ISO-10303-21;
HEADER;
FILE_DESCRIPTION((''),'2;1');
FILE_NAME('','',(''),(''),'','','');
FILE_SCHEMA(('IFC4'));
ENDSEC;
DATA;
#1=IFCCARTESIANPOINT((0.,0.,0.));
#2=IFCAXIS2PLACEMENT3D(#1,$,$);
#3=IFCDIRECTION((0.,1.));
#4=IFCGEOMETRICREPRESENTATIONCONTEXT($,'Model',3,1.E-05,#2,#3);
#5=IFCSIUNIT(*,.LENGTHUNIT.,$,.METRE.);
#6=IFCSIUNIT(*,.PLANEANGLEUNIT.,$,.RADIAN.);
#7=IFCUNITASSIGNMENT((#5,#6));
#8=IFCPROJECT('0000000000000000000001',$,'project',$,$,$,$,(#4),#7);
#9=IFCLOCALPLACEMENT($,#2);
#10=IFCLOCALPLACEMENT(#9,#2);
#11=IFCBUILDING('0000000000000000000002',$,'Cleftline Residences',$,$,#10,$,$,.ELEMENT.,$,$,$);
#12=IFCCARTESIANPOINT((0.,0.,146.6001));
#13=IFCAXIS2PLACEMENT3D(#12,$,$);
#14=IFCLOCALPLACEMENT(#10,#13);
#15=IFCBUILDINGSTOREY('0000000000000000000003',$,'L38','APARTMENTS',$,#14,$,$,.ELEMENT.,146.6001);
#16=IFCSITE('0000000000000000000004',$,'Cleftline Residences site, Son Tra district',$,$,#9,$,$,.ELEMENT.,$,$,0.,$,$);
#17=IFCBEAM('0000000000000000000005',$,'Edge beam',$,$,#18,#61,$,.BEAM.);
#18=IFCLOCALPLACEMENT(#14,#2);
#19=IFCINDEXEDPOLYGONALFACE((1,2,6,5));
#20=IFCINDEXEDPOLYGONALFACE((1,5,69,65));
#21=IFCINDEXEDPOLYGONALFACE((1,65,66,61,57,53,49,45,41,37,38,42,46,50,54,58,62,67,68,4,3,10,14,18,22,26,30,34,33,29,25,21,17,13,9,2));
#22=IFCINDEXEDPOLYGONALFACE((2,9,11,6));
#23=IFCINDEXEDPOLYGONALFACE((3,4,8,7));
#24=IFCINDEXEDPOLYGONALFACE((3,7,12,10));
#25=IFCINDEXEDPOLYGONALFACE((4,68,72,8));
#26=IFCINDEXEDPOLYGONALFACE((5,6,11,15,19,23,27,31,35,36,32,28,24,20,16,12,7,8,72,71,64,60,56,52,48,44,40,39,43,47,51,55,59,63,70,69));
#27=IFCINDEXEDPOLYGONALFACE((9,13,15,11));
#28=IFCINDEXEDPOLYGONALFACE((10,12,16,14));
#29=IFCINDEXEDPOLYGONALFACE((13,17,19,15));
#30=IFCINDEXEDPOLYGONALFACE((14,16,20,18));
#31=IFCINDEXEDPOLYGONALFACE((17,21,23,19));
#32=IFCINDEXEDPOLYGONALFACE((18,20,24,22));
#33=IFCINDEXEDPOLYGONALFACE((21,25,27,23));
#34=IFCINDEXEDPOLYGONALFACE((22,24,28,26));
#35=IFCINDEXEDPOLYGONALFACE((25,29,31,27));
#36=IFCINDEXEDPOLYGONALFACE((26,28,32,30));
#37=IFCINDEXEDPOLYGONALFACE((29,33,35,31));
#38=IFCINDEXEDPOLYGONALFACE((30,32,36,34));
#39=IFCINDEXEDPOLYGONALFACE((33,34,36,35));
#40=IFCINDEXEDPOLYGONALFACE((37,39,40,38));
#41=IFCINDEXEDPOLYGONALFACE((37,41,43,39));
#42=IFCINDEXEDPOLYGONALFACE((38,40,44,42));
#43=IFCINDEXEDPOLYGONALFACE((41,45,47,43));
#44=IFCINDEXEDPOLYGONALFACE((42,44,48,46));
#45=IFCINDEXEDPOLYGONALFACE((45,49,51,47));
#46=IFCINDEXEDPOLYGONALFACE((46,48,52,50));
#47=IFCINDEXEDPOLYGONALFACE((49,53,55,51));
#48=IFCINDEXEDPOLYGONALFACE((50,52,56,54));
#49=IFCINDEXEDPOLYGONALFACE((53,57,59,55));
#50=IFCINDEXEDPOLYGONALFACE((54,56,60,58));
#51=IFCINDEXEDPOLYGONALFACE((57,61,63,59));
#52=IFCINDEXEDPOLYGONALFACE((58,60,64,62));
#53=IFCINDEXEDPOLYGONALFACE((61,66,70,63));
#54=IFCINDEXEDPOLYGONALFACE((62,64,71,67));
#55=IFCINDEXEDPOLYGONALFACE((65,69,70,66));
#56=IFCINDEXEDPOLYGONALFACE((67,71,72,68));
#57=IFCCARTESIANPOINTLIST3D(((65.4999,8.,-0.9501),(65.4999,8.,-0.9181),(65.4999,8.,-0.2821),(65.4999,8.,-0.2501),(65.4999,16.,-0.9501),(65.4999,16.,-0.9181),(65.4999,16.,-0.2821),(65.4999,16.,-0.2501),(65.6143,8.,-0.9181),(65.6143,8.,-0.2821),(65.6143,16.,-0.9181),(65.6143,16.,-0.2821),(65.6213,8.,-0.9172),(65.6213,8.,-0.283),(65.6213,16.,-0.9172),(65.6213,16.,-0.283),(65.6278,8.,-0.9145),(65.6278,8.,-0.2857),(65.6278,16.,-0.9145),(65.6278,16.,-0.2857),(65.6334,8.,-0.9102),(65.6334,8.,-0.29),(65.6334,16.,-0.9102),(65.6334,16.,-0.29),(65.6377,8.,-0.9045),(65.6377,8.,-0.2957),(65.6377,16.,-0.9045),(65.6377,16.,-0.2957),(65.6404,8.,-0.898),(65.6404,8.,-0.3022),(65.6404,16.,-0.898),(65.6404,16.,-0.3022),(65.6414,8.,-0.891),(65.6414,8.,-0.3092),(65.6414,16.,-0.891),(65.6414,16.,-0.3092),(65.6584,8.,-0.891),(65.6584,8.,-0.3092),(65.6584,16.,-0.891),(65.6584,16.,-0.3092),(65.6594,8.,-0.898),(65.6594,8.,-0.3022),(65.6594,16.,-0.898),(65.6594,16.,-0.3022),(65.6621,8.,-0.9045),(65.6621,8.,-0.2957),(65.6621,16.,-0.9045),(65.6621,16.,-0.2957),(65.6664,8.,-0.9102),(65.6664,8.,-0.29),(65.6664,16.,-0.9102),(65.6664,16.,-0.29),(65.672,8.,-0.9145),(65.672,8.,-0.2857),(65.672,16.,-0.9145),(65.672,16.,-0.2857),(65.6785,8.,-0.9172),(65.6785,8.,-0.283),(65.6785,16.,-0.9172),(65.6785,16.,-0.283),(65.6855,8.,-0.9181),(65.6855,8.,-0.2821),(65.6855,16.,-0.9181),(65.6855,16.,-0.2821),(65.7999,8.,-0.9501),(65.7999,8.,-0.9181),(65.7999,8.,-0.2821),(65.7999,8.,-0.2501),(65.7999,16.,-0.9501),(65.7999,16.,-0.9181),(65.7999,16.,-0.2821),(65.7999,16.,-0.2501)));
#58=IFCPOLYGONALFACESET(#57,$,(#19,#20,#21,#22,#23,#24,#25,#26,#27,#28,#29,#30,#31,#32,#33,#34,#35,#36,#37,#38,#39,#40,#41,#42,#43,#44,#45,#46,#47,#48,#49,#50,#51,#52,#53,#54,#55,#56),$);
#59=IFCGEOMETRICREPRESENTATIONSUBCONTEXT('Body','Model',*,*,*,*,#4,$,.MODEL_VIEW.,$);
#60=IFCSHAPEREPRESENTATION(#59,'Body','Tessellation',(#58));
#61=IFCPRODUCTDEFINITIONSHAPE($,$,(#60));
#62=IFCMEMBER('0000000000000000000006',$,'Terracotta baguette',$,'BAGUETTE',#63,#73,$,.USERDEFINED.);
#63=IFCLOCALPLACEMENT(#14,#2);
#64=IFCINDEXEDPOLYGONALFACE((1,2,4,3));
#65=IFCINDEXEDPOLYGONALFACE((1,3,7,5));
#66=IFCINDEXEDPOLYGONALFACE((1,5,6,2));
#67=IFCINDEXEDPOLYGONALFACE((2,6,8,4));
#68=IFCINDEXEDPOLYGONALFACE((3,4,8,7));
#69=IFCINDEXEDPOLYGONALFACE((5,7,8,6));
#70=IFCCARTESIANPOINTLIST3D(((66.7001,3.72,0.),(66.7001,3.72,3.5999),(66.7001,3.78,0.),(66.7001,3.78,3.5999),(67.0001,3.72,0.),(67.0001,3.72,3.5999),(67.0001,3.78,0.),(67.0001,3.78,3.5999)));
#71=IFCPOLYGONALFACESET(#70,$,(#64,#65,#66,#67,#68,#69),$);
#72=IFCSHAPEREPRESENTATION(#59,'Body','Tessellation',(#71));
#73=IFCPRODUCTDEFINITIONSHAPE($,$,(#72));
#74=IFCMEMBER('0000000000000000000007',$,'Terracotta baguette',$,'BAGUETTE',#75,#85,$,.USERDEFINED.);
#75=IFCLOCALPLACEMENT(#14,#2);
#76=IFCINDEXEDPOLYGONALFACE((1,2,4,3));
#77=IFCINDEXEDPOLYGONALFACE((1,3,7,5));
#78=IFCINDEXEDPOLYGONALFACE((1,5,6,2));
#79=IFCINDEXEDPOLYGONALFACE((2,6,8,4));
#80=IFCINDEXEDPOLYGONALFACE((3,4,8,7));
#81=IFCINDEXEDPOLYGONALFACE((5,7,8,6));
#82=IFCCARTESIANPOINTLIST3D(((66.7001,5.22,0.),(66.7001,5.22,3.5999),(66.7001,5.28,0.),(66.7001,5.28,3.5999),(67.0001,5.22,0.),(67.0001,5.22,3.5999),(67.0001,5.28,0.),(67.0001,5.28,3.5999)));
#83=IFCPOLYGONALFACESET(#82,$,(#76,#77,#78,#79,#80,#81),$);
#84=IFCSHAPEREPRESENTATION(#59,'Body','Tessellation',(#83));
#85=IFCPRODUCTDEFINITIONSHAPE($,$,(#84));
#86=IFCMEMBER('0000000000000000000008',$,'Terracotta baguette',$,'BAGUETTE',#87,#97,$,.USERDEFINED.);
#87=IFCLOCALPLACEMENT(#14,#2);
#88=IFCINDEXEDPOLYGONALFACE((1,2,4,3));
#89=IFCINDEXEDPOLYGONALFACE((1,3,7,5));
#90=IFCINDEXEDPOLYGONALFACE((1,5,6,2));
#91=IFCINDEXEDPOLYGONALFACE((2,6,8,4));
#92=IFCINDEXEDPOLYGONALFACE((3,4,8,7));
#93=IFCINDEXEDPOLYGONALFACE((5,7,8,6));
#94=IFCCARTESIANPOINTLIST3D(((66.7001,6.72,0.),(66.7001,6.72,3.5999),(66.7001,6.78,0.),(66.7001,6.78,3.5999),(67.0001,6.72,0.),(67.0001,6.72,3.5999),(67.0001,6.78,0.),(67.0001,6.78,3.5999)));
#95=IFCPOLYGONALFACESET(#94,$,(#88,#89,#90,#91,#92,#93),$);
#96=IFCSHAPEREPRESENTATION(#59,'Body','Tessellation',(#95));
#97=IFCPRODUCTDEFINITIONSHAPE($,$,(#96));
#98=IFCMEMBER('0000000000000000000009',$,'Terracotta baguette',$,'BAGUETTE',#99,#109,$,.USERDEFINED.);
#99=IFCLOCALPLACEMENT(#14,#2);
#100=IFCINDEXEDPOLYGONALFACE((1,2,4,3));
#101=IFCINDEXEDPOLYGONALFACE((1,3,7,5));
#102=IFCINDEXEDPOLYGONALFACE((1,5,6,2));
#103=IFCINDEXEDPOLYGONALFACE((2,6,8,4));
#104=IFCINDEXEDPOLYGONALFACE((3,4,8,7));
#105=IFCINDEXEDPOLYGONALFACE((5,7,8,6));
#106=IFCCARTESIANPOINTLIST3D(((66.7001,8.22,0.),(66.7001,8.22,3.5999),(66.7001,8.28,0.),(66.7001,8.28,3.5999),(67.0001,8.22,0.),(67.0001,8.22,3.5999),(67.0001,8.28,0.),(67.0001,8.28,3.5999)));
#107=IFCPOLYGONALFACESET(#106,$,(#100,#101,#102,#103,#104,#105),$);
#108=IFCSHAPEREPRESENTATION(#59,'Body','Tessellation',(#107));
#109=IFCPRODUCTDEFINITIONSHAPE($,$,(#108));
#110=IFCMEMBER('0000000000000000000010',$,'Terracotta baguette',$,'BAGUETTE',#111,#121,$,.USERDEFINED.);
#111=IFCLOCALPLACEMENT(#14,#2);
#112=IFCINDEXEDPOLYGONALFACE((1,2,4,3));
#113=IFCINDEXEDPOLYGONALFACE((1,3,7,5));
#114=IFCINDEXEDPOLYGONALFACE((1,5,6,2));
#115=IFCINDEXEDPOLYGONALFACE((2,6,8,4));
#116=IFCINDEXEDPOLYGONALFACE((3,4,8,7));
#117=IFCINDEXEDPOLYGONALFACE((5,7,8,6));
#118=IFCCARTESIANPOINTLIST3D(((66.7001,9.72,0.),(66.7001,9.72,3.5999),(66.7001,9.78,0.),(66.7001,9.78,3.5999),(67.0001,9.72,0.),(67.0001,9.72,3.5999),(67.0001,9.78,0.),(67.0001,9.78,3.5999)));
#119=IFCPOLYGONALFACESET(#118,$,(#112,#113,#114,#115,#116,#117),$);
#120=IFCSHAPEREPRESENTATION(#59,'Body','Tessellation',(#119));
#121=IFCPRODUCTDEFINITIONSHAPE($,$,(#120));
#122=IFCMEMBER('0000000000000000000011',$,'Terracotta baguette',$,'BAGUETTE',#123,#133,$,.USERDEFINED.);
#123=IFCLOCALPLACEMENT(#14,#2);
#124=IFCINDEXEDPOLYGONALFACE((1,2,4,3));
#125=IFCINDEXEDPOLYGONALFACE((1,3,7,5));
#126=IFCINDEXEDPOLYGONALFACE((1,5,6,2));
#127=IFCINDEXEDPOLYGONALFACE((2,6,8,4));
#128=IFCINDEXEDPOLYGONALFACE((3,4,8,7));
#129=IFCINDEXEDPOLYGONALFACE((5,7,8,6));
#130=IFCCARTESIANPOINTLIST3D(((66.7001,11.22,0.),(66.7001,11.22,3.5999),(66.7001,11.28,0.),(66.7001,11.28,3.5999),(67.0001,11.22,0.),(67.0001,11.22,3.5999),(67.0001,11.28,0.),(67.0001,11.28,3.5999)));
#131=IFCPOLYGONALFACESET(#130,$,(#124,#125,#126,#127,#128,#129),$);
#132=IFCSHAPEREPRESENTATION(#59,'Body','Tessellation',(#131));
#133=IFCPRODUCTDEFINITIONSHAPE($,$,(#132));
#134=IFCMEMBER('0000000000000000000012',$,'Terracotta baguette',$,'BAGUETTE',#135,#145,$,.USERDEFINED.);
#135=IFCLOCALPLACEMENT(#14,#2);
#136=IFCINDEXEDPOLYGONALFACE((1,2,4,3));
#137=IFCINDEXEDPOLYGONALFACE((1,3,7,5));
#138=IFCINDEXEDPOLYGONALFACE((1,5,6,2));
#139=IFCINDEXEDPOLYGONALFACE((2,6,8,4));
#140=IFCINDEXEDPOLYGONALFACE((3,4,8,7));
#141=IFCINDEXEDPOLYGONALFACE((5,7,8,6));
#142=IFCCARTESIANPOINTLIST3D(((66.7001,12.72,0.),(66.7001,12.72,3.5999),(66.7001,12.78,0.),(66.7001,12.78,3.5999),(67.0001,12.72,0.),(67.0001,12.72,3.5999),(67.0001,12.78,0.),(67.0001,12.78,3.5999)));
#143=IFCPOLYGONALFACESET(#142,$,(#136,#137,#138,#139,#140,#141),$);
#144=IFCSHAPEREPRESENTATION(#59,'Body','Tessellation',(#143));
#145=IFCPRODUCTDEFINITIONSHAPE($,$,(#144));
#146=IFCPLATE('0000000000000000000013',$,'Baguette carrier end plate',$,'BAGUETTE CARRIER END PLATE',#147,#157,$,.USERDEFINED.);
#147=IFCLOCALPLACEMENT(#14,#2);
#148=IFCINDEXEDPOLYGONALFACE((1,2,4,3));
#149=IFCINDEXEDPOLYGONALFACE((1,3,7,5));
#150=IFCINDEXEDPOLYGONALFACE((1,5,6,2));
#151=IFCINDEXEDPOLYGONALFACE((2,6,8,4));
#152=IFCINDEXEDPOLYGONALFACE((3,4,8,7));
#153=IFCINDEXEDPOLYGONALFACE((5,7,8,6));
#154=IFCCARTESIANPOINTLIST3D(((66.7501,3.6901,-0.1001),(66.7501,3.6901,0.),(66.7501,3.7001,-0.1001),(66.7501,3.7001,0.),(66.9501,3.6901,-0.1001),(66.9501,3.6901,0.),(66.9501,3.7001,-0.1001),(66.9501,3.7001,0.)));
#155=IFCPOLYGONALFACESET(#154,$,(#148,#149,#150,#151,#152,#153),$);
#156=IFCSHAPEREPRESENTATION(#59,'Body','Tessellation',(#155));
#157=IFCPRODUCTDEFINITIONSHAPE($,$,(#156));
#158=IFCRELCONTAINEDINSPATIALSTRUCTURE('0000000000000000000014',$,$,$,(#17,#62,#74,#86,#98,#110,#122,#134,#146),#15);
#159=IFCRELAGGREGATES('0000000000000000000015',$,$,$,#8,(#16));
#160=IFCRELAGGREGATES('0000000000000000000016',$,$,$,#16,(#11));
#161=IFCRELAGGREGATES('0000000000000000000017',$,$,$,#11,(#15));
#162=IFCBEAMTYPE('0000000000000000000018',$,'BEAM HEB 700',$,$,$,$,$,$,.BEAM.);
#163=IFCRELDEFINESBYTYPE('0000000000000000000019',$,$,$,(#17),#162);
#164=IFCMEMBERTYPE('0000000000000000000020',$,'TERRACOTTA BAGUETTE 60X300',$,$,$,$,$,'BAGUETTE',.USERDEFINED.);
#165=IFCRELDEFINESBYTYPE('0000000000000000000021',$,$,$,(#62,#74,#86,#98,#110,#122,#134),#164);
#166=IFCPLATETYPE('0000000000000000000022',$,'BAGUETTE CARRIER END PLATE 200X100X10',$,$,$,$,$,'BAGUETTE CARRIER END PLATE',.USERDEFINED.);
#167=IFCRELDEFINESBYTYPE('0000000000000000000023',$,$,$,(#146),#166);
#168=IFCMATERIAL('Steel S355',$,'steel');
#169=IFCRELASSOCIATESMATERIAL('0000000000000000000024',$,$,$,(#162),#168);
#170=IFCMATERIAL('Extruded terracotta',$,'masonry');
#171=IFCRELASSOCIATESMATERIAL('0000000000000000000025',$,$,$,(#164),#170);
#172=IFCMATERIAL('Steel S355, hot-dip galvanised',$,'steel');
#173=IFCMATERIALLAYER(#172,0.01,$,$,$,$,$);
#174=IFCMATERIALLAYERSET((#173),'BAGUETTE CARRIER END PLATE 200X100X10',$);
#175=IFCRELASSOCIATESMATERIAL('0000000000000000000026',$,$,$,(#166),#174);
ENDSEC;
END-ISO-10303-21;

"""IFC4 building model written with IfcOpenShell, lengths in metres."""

from ifc_helpers import new_model, si_unit, direction, frame, origin, origin_2d, place, context, subcontext, project, spatial, rectangle, i_section, extrude, material, layer, layer_set, material_profile, profile_set, type_object, element, save


model = new_model("IFC4")

# Units and contexts
model_context = context("Model", 3, precision=1e-05, world=origin(), true_north=direction((0.0, 1.0)))
body_context = subcontext(model_context, "Body", "Model", "MODEL_VIEW")
ifc_project = project(units=[si_unit("LENGTHUNIT", "METRE"), si_unit("PLANEANGLEUNIT", "RADIAN")], contexts=[model_context])

# Site, building, storey
site_placement = place(None, origin())
site = spatial("IfcSite", under=ifc_project, at=site_placement, Name="Cleftline Residences site, Son Tra district", CompositionType="ELEMENT", RefElevation=0.0)
building_placement = place(site_placement, origin())
building = spatial("IfcBuilding", under=site, at=building_placement, Name="Cleftline Residences", CompositionType="ELEMENT")
storey_placement = place(building_placement, frame((0.0, 0.0, 146.6001)))
storey = spatial("IfcBuildingStorey", under=building, at=storey_placement, Name="L38", Description="APARTMENTS", CompositionType="ELEMENT", Elevation=146.6001)

# Beam
ifc_material_1 = material(Name="Steel S355", Category="steel")
ifc_material_profile_1 = material_profile(ifc_material_1, i_section(OverallWidth=0.3, OverallDepth=0.7, WebThickness=0.0171, FlangeThickness=0.032, FilletRadius=0.0271, at=origin_2d()))
ifc_profile_set_1 = profile_set([ifc_material_profile_1], Name="Steel S355")
beam_type = type_object("IfcBeamType", Name="BEAM HEB 700", PredefinedType="BEAM", material=ifc_profile_set_1)
beam_placement = place(storey_placement, frame((65.6499, 8.0, -0.6001), z_axis=(0.0, 1.0, 0.0), x_axis=(-1.0, 0.0, 0.0)))
element("IfcBeam", 1, at=beam_placement, inside=storey, type_object=beam_type, Name="Edge beam", PredefinedType="BEAM", context=body_context, shape_type="SweptSolid", body=[
    extrude(i_section(OverallWidth=0.3, OverallDepth=0.7, WebThickness=0.0171, FlangeThickness=0.032, FilletRadius=0.0271, at=origin_2d()), origin(), (0.0, 0.0, 1.0), 8.0),
])

# Members
ifc_material_2 = material(Name="Extruded terracotta", Category="masonry")
ifc_material_profile_2 = material_profile(ifc_material_2, rectangle(XDim=0.0601, YDim=0.3, at=origin_2d()))
ifc_profile_set_2 = profile_set([ifc_material_profile_2], Name="Extruded terracotta")
member_type_1 = type_object("IfcMemberType", Name="TERRACOTTA BAGUETTE 60X300", ElementType="BAGUETTE", PredefinedType="USERDEFINED", material=ifc_profile_set_2)
for number, where, z_axis, x_axis, name in (
    (2, (66.8501, 3.75, 0.0), (0.0, 0.0, 1.0), (0.0, 1.0, 0.0), "Terracotta baguette"),
    (3, (66.8501, 5.25, 0.0), (0.0, 0.0, 1.0), (0.0, 1.0, 0.0), "Terracotta baguette"),
    (4, (66.8501, 6.75, 0.0), (0.0, 0.0, 1.0), (0.0, 1.0, 0.0), "Terracotta baguette"),
    (5, (66.8501, 8.25, 0.0), (0.0, 0.0, 1.0), (0.0, 1.0, 0.0), "Terracotta baguette"),
    (6, (66.8501, 9.75, 0.0), (0.0, 0.0, 1.0), (0.0, 1.0, 0.0), "Terracotta baguette"),
    (7, (66.8501, 11.25, 0.0), (0.0, 0.0, 1.0), (0.0, 1.0, 0.0), "Terracotta baguette"),
    (8, (66.8501, 12.75, 0.0), (0.0, 0.0, 1.0), (0.0, 1.0, 0.0), "Terracotta baguette"),
):
    element("IfcMember", number, at=place(storey_placement, frame(where, z_axis=z_axis, x_axis=x_axis)), inside=storey, type_object=member_type_1, Name=name, ObjectType="BAGUETTE", PredefinedType="USERDEFINED", context=body_context, shape_type="SweptSolid", body=[
        extrude(rectangle(XDim=0.0601, YDim=0.3, at=origin_2d()), origin(), (0.0, 0.0, 1.0), 3.5999),
    ])

# Plate
ifc_material_3 = material(Name="Steel S355, hot-dip galvanised", Category="steel")
ifc_layer_1 = layer(ifc_material_3, 0.01)
ifc_layer_set_1 = layer_set([ifc_layer_1], Name="BAGUETTE CARRIER END PLATE 200X100X10")
plate_type = type_object("IfcPlateType", Name="BAGUETTE CARRIER END PLATE 200X100X10", ElementType="BAGUETTE CARRIER END PLATE", PredefinedType="USERDEFINED", material=ifc_layer_set_1)
plate_placement = place(storey_placement, frame((66.8501, 3.6951, -0.1001), z_axis=(0.0, 0.0, 1.0), x_axis=(1.0, 0.0, 0.0)))
element("IfcPlate", 9, at=plate_placement, inside=storey, type_object=plate_type, Name="Baguette carrier end plate", ObjectType="BAGUETTE CARRIER END PLATE", PredefinedType="USERDEFINED", context=body_context, shape_type="SweptSolid", body=[
    extrude(rectangle(XDim=0.2, YDim=0.01, at=origin_2d()), origin(), (0.0, 0.0, 1.0), 0.1001),
])

save(model, "model.ifc")
